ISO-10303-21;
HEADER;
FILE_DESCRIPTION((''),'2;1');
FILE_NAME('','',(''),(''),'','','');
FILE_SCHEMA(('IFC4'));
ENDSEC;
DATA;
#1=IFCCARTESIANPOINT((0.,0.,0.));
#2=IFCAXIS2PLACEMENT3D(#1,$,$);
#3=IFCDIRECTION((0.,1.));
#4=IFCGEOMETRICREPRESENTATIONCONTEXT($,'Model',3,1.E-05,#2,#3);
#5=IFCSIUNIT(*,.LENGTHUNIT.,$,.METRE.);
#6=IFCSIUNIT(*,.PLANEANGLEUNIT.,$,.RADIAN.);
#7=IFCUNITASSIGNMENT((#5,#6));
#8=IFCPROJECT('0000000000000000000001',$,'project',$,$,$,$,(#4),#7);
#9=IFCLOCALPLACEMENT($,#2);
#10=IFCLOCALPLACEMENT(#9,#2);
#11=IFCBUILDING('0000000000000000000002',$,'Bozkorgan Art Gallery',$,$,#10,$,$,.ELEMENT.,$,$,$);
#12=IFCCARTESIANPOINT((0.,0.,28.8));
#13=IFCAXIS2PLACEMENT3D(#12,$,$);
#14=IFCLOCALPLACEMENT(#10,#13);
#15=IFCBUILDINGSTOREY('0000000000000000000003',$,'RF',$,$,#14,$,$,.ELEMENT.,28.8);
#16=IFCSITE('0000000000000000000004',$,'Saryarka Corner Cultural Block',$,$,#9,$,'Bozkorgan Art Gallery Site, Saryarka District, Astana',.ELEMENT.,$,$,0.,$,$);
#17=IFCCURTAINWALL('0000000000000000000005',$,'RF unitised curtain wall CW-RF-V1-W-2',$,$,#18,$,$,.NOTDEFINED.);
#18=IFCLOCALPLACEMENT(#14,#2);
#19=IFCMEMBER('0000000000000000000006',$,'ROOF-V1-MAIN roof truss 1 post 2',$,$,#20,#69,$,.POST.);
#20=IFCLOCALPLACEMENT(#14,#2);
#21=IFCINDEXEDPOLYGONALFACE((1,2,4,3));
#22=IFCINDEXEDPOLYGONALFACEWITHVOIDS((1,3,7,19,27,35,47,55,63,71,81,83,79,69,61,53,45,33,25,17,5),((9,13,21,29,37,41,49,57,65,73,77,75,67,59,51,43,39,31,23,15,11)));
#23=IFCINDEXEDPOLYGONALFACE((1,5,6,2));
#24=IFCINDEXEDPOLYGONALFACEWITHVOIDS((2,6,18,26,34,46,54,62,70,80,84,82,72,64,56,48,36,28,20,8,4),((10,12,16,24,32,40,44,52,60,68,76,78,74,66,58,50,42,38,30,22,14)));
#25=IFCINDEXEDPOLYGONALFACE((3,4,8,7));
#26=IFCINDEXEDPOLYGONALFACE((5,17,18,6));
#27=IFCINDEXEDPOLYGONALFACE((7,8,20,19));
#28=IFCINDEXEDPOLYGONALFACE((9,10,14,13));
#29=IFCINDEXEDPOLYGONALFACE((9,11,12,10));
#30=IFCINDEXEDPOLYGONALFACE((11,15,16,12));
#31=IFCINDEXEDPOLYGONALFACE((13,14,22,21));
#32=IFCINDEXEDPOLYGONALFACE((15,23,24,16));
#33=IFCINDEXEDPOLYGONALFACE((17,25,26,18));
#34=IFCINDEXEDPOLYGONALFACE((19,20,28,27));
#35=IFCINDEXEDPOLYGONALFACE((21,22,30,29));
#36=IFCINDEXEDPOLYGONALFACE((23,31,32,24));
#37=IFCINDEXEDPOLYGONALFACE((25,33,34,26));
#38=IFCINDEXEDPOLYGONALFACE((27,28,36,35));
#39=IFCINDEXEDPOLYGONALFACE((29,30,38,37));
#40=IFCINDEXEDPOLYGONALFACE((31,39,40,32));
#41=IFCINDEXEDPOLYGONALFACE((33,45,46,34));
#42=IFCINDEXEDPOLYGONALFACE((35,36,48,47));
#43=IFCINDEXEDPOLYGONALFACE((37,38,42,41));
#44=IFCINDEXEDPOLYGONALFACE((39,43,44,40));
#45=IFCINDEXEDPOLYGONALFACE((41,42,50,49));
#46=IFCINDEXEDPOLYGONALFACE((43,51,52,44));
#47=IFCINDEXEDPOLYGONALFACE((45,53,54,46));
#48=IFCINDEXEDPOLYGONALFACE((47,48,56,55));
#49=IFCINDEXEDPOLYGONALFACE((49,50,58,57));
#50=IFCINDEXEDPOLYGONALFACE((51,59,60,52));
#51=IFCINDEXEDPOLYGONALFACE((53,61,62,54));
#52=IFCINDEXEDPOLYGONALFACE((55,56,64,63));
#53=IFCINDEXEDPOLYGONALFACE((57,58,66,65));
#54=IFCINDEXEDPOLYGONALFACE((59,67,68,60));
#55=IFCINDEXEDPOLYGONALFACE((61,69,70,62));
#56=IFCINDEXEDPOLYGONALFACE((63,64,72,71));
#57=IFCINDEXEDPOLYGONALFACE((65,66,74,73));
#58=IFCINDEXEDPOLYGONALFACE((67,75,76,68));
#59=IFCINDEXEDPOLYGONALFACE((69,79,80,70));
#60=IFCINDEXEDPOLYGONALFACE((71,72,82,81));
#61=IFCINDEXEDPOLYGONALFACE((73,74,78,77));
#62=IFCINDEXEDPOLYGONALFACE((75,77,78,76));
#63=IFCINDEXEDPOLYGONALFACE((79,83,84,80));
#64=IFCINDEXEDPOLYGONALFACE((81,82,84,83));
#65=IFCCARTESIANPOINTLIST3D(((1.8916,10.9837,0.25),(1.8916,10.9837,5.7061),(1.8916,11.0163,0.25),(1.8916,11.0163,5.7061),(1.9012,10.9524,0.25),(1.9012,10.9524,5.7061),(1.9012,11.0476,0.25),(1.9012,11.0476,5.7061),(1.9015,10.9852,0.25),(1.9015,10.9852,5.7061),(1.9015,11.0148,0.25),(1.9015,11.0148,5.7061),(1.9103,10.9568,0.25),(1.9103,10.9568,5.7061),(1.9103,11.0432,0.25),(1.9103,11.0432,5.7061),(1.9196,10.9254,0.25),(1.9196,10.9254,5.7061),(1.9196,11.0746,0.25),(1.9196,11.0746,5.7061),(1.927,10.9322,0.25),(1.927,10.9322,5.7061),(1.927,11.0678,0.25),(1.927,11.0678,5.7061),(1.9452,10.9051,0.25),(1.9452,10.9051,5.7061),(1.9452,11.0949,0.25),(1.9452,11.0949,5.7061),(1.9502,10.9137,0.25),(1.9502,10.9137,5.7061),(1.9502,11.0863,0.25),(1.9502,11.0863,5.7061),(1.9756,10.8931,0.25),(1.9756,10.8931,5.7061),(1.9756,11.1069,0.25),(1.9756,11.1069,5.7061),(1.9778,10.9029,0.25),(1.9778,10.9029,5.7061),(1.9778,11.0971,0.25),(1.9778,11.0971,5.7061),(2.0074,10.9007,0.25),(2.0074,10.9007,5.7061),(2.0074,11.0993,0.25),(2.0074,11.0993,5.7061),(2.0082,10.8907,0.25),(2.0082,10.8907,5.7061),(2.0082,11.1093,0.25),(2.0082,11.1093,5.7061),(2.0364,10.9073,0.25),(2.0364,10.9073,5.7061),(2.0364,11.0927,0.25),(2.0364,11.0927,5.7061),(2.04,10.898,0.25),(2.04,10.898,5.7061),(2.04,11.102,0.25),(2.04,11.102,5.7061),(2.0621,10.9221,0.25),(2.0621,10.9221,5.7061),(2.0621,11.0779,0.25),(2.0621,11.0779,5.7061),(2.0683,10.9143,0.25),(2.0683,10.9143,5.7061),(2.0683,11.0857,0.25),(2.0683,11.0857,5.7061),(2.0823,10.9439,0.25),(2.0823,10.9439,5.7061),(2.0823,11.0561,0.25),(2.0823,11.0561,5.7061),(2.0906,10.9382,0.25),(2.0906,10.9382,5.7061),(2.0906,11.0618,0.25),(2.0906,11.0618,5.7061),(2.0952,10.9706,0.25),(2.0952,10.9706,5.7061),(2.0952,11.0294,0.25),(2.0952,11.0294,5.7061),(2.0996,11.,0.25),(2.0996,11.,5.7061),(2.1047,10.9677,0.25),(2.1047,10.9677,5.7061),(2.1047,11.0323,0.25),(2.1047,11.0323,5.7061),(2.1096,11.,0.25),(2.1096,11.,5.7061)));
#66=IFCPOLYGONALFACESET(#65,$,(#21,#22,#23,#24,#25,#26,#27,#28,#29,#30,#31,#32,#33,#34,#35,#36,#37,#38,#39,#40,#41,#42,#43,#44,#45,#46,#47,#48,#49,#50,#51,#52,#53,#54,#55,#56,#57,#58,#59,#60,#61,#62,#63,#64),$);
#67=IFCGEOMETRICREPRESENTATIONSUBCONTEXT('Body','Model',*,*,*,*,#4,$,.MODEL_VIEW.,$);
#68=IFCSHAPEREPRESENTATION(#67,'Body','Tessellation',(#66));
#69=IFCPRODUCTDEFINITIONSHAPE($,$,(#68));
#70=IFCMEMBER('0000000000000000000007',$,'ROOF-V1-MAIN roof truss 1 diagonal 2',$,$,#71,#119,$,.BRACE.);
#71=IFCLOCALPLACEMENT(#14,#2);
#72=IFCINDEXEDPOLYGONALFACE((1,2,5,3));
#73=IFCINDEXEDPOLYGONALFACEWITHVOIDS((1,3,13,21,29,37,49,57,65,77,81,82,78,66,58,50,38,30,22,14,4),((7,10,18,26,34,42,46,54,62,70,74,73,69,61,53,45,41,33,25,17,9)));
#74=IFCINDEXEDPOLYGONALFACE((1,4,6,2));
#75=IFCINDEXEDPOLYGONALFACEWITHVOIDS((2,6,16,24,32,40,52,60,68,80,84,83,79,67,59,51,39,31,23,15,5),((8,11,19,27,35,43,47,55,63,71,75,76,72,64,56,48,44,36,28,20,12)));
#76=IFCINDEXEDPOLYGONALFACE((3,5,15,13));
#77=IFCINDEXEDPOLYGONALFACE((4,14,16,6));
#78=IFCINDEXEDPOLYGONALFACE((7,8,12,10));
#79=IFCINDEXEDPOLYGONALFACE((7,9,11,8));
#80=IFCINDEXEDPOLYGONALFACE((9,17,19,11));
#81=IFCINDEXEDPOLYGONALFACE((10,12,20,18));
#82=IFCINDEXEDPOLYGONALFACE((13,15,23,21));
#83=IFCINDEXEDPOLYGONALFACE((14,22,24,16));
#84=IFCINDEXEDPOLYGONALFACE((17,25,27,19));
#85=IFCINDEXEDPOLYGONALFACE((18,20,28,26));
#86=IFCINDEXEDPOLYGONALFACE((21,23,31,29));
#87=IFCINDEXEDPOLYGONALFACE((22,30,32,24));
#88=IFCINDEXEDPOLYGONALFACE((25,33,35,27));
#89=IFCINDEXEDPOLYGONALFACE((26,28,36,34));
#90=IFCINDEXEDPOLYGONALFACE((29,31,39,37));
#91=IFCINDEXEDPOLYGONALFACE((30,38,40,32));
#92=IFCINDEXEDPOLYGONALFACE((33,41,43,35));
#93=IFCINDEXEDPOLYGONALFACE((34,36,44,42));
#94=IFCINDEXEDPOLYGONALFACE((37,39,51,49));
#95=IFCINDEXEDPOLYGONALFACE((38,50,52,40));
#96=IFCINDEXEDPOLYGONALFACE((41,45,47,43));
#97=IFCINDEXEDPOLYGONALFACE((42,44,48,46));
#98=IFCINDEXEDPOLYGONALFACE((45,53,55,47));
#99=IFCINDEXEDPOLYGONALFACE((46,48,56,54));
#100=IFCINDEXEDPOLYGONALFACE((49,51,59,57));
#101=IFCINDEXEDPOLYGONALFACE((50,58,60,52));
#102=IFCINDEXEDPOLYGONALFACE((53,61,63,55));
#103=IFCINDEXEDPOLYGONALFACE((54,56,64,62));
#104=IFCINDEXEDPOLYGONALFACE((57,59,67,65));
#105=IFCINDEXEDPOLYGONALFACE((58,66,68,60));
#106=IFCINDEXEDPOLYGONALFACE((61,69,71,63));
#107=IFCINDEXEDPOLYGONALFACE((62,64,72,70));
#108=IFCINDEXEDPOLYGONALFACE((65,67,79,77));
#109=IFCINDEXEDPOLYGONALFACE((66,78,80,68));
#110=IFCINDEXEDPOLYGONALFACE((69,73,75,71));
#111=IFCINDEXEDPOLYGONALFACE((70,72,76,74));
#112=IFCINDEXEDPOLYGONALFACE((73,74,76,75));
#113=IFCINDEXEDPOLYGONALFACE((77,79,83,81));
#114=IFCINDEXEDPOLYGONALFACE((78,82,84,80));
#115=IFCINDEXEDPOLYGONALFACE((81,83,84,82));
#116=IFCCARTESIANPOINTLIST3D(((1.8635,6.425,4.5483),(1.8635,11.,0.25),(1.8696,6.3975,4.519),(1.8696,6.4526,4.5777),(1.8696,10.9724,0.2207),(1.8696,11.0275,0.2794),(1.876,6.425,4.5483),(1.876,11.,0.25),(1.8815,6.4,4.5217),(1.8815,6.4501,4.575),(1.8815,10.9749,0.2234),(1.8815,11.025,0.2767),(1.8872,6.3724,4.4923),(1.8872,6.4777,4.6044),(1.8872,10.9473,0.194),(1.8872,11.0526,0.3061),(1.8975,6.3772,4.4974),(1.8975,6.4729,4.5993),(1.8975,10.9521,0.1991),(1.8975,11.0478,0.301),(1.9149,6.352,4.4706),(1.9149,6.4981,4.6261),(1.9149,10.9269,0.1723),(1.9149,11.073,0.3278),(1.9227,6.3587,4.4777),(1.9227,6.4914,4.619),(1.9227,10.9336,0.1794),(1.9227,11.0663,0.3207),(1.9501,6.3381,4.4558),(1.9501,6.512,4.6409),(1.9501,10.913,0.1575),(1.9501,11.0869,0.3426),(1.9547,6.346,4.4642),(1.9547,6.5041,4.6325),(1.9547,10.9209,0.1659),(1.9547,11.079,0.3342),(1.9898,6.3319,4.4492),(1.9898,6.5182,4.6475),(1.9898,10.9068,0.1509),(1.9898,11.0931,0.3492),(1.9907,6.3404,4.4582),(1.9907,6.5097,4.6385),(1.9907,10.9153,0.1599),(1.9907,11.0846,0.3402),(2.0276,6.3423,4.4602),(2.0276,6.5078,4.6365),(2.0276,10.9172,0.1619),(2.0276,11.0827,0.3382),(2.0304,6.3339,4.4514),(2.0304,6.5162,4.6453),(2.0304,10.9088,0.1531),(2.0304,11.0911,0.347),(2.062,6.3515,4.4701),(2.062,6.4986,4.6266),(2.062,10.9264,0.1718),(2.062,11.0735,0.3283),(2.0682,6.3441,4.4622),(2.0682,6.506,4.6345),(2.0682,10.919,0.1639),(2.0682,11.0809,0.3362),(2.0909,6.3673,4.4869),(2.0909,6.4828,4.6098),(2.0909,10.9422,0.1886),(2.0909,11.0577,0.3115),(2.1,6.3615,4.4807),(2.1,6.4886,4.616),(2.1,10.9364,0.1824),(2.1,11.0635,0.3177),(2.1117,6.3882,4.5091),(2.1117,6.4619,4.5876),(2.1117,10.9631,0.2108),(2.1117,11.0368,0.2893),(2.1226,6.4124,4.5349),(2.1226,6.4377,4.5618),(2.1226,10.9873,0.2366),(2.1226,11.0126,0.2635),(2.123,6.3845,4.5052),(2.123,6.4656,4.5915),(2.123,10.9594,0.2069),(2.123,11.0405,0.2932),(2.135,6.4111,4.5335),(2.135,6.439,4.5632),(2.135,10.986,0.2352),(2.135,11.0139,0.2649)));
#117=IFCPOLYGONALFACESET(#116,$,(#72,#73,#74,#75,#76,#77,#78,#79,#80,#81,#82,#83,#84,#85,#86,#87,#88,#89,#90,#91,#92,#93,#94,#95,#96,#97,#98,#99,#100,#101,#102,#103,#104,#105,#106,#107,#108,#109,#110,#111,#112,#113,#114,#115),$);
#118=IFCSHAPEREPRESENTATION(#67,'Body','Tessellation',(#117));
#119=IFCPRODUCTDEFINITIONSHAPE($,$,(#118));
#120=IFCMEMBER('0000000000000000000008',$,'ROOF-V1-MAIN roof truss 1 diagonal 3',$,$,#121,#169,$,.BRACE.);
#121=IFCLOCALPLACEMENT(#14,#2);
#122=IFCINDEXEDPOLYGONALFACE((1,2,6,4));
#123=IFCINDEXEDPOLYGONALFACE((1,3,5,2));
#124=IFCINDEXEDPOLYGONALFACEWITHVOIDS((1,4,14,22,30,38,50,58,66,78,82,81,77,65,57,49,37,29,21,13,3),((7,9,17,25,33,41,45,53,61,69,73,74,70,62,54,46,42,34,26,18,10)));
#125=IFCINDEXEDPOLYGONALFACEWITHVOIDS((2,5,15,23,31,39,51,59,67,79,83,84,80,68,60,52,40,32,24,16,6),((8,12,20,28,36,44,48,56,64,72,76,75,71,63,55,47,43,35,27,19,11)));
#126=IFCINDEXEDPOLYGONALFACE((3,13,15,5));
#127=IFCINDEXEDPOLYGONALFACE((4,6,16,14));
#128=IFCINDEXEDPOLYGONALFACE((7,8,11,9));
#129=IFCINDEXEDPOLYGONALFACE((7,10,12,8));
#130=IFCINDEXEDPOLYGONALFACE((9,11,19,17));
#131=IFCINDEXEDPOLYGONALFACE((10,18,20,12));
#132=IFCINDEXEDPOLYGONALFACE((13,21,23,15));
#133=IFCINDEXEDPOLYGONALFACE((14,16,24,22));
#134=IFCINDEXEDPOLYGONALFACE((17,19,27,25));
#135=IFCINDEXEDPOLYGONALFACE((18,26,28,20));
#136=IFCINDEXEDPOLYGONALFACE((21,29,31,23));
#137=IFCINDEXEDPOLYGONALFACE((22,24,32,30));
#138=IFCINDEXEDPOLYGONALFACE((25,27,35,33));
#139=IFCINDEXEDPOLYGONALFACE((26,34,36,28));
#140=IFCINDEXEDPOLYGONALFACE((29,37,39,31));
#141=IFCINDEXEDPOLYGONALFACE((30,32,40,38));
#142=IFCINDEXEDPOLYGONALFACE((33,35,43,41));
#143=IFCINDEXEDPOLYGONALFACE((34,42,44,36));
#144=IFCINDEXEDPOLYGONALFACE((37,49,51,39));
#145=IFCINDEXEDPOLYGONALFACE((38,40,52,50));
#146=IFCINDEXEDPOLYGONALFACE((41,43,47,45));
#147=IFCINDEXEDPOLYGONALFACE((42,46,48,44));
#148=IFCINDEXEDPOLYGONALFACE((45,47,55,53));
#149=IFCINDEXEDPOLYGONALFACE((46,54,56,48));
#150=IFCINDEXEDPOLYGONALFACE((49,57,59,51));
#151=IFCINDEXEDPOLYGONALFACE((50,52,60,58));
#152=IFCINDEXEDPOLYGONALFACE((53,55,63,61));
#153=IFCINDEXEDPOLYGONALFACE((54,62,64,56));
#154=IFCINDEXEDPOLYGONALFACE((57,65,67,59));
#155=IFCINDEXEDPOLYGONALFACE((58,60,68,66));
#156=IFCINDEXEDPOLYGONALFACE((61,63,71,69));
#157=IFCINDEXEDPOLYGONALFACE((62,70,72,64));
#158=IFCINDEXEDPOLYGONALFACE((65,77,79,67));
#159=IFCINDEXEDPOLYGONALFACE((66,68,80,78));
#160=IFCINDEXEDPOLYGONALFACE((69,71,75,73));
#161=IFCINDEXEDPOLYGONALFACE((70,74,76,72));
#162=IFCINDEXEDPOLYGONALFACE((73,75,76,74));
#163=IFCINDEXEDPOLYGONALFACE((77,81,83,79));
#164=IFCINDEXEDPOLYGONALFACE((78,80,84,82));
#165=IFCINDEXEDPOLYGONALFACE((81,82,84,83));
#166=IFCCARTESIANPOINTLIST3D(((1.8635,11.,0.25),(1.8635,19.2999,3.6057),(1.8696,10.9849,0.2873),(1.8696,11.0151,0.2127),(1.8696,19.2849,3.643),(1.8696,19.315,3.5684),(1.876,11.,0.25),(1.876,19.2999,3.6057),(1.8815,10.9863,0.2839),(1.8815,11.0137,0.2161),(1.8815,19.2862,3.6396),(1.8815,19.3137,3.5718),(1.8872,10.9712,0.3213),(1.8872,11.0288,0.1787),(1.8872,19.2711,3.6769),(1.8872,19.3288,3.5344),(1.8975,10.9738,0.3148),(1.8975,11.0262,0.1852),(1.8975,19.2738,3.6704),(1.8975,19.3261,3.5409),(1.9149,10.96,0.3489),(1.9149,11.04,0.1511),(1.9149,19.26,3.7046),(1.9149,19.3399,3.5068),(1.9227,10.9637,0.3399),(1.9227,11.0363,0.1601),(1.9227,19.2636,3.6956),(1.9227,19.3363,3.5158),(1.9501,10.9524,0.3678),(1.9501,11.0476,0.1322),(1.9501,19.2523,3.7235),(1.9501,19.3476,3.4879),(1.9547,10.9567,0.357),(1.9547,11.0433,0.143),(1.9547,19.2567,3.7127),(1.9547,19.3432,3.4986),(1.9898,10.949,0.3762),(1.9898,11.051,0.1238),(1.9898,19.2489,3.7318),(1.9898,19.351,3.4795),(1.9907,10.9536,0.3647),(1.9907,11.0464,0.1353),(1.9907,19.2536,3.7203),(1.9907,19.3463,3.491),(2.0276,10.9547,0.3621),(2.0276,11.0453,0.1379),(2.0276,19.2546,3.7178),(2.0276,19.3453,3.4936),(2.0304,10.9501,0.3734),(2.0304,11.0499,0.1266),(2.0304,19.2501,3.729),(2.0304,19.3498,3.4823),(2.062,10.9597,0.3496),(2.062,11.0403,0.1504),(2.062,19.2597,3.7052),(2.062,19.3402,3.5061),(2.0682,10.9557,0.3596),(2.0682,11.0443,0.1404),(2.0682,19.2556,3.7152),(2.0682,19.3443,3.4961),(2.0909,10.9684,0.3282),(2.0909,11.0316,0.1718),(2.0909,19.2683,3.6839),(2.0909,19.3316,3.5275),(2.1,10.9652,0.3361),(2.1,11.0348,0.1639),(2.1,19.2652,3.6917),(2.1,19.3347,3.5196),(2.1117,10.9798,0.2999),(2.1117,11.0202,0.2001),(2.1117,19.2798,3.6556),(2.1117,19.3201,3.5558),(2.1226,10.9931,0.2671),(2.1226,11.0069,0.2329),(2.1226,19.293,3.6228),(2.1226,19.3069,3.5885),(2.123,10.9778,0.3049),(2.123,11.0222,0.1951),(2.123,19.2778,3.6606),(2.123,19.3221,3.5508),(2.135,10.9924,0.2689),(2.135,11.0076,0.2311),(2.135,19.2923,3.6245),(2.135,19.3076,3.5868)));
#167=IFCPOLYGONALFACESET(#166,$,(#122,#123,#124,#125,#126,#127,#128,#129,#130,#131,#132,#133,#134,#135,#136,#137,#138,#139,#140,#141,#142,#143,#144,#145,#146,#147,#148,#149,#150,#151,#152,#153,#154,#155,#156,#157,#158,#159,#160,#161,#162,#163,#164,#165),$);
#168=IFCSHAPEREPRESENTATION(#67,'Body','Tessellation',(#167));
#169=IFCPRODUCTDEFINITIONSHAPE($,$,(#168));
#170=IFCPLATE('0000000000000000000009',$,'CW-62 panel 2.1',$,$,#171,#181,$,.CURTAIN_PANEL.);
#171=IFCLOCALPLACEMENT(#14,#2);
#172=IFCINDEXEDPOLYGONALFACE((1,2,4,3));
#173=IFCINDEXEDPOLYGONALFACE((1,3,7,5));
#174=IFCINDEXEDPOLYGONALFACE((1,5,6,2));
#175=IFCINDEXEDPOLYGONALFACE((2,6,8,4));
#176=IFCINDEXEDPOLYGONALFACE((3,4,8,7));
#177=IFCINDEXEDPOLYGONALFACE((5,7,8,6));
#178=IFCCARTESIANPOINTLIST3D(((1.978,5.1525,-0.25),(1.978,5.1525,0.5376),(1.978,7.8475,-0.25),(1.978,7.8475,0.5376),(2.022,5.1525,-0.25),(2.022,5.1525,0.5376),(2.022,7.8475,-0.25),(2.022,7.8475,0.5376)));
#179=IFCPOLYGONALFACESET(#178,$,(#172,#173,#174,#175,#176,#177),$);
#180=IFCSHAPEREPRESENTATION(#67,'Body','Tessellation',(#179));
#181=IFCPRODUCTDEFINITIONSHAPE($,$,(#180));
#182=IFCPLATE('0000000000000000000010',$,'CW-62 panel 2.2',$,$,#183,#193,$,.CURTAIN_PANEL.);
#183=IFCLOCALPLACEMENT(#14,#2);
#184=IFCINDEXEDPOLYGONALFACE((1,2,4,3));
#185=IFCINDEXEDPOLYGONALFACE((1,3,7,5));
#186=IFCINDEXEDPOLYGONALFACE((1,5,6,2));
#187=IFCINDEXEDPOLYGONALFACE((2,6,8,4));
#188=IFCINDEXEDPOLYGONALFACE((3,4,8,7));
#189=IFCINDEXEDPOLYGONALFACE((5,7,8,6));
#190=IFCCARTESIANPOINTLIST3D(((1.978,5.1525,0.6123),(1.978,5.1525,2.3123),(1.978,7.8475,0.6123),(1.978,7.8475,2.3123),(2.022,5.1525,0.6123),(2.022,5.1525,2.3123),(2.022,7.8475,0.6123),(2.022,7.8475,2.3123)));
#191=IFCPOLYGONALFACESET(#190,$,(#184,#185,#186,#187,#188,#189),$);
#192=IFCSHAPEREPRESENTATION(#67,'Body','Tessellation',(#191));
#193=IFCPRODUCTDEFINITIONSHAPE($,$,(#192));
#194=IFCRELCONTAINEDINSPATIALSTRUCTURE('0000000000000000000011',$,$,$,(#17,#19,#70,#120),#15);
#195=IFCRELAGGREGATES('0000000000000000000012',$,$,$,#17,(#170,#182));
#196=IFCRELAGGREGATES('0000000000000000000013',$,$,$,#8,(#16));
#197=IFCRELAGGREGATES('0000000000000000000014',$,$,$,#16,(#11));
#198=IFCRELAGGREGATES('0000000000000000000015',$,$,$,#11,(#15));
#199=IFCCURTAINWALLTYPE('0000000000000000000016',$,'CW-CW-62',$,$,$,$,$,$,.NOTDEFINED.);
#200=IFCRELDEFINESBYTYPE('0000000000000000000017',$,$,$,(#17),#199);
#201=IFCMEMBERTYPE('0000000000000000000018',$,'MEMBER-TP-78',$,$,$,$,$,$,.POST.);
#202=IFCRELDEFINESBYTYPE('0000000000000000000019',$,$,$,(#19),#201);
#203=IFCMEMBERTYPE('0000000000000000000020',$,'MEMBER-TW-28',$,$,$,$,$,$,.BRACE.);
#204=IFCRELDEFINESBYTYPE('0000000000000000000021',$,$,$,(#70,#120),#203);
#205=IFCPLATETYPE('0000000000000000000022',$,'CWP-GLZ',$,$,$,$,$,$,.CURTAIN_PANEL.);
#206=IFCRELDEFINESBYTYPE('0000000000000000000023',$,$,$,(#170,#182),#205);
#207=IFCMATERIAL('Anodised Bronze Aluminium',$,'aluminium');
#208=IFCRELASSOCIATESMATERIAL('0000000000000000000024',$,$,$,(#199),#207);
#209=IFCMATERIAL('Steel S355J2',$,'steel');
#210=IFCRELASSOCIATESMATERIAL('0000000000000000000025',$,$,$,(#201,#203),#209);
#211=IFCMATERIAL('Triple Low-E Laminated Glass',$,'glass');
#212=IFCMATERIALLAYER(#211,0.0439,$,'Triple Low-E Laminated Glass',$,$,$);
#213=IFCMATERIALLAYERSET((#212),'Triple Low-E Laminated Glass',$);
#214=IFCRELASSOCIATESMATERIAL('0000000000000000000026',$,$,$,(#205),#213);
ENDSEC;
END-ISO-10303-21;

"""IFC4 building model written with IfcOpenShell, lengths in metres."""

from ifc_helpers import new_model, si_unit, direction, frame, origin, origin_2d, place, context, subcontext, project, spatial, rectangle, hollow_circle, extrude, material, layer, layer_set, material_profile, profile_set, type_object, element, aggregate, save


model = new_model("IFC4")

# Units and contexts
model_context = context("Model", 3, precision=1e-05, world=origin(), true_north=direction((0.0, 1.0)))
body_context = subcontext(model_context, "Body", "Model", "MODEL_VIEW")
ifc_project = project(units=[si_unit("LENGTHUNIT", "METRE"), si_unit("PLANEANGLEUNIT", "RADIAN")], contexts=[model_context])

# Site, building, storey
site_placement = place(None, origin())
site = spatial("IfcSite", under=ifc_project, at=site_placement, Name="Saryarka Corner Cultural Block", LongName="Bozkorgan Art Gallery Site, Saryarka District, Astana", CompositionType="ELEMENT", RefElevation=0.0)
building_placement = place(site_placement, origin())
building = spatial("IfcBuilding", under=site, at=building_placement, Name="Bozkorgan Art Gallery", CompositionType="ELEMENT")
storey_placement = place(building_placement, frame((0.0, 0.0, 28.8)))
storey = spatial("IfcBuildingStorey", under=building, at=storey_placement, Name="RF", CompositionType="ELEMENT", Elevation=28.8)

# Curtain wall
ifc_material_1 = material(Name="Anodised Bronze Aluminium", Category="aluminium")
curtain_wall_type = type_object("IfcCurtainWallType", Name="CW-CW-62", PredefinedType="NOTDEFINED", material=ifc_material_1)
curtain_wall_1_placement = place(storey_placement, origin())
curtain_wall_1 = element("IfcCurtainWall", 1, at=curtain_wall_1_placement, inside=storey, type_object=curtain_wall_type, Name="RF unitised curtain wall CW-RF-V1-W-2", PredefinedType="NOTDEFINED")

# Members
ifc_material_2 = material(Name="Steel S355J2", Category="steel")
ifc_material_profile_1 = material_profile(ifc_material_2, hollow_circle(Radius=0.1096, WallThickness=0.01, at=origin_2d()), Name="CHS 219.1x10")
ifc_profile_set_1 = profile_set([ifc_material_profile_1], Name="Steel S355J2")
member_type_1 = type_object("IfcMemberType", Name="MEMBER-TP-78", PredefinedType="POST", material=ifc_profile_set_1)
member_1_placement = place(storey_placement, frame((2.0, 11.0, 0.25), z_axis=(0.0, 0.0, 1.0), x_axis=(1.0, 0.0, 0.0)))
element("IfcMember", 2, at=member_1_placement, inside=storey, type_object=member_type_1, Name="ROOF-V1-MAIN roof truss 1 post 2", PredefinedType="POST", context=body_context, shape_type="SweptSolid", body=[
    extrude(hollow_circle(Radius=0.1096, WallThickness=0.01, at=origin_2d()), origin(), (0.0, 0.0, 1.0), 5.4561),
])
ifc_material_profile_2 = material_profile(ifc_material_2, hollow_circle(Radius=0.1365, WallThickness=0.0125, at=origin_2d()), Name="CHS 273x12.5")
ifc_profile_set_2 = profile_set([ifc_material_profile_2], Name="Steel S355J2")
member_type_2 = type_object("IfcMemberType", Name="MEMBER-TW-28", PredefinedType="BRACE", material=ifc_profile_set_2)
member_2_placement = place(storey_placement, frame((2.0, 6.425, 4.5483), z_axis=(0.0, 0.728796, -0.684731), x_axis=(-1.0, 0.0, 0.0)))
element("IfcMember", 3, at=member_2_placement, inside=storey, type_object=member_type_2, Name="ROOF-V1-MAIN roof truss 1 diagonal 2", PredefinedType="BRACE", context=body_context, shape_type="SweptSolid", body=[
    extrude(hollow_circle(Radius=0.1365, WallThickness=0.0125, at=origin_2d()), origin(), (0.0, 0.0, 1.0), 6.2773),
])
member_3_placement = place(storey_placement, frame((2.0, 11.0, 0.25), z_axis=(0.0, 0.927096, 0.374825), x_axis=(-1.0, 0.0, 0.0)))
element("IfcMember", 4, at=member_3_placement, inside=storey, type_object=member_type_2, Name="ROOF-V1-MAIN roof truss 1 diagonal 3", PredefinedType="BRACE", context=body_context, shape_type="SweptSolid", body=[
    extrude(hollow_circle(Radius=0.1365, WallThickness=0.0125, at=origin_2d()), origin(), (0.0, 0.0, 1.0), 8.9526),
])

# Plates
ifc_material_3 = material(Name="Triple Low-E Laminated Glass", Category="glass")
ifc_layer_1 = layer(ifc_material_3, 0.0439, Name="Triple Low-E Laminated Glass")
ifc_layer_set_1 = layer_set([ifc_layer_1], Name="Triple Low-E Laminated Glass")
plate_type_1 = type_object("IfcPlateType", Name="CWP-GLZ", PredefinedType="CURTAIN_PANEL", material=ifc_layer_set_1)
plate_1_placement = place(storey_placement, frame((2.0, 6.5, -0.25), z_axis=(0.0, 0.0, 1.0), x_axis=(0.0, 1.0, 0.0)))
plate_1 = element("IfcPlate", 5, at=plate_1_placement, type_object=plate_type_1, Name="CW-62 panel 2.1", PredefinedType="CURTAIN_PANEL", context=body_context, shape_type="SweptSolid", body=[
    extrude(rectangle(XDim=2.6951, YDim=0.0439, at=origin_2d()), origin(), (0.0, 0.0, 1.0), 0.7876),
])
plate_2_placement = place(storey_placement, frame((2.0, 6.5, 0.6123), z_axis=(0.0, 0.0, 1.0), x_axis=(0.0, 1.0, 0.0)))
plate_2 = element("IfcPlate", 6, at=plate_2_placement, type_object=plate_type_1, Name="CW-62 panel 2.2", PredefinedType="CURTAIN_PANEL", context=body_context, shape_type="SweptSolid", body=[
    extrude(rectangle(XDim=2.6951, YDim=0.0439, at=origin_2d()), origin(), (0.0, 0.0, 1.0), 1.7),
])
aggregate(curtain_wall_1, [plate_1, plate_2])

save(model, "model.ifc")
